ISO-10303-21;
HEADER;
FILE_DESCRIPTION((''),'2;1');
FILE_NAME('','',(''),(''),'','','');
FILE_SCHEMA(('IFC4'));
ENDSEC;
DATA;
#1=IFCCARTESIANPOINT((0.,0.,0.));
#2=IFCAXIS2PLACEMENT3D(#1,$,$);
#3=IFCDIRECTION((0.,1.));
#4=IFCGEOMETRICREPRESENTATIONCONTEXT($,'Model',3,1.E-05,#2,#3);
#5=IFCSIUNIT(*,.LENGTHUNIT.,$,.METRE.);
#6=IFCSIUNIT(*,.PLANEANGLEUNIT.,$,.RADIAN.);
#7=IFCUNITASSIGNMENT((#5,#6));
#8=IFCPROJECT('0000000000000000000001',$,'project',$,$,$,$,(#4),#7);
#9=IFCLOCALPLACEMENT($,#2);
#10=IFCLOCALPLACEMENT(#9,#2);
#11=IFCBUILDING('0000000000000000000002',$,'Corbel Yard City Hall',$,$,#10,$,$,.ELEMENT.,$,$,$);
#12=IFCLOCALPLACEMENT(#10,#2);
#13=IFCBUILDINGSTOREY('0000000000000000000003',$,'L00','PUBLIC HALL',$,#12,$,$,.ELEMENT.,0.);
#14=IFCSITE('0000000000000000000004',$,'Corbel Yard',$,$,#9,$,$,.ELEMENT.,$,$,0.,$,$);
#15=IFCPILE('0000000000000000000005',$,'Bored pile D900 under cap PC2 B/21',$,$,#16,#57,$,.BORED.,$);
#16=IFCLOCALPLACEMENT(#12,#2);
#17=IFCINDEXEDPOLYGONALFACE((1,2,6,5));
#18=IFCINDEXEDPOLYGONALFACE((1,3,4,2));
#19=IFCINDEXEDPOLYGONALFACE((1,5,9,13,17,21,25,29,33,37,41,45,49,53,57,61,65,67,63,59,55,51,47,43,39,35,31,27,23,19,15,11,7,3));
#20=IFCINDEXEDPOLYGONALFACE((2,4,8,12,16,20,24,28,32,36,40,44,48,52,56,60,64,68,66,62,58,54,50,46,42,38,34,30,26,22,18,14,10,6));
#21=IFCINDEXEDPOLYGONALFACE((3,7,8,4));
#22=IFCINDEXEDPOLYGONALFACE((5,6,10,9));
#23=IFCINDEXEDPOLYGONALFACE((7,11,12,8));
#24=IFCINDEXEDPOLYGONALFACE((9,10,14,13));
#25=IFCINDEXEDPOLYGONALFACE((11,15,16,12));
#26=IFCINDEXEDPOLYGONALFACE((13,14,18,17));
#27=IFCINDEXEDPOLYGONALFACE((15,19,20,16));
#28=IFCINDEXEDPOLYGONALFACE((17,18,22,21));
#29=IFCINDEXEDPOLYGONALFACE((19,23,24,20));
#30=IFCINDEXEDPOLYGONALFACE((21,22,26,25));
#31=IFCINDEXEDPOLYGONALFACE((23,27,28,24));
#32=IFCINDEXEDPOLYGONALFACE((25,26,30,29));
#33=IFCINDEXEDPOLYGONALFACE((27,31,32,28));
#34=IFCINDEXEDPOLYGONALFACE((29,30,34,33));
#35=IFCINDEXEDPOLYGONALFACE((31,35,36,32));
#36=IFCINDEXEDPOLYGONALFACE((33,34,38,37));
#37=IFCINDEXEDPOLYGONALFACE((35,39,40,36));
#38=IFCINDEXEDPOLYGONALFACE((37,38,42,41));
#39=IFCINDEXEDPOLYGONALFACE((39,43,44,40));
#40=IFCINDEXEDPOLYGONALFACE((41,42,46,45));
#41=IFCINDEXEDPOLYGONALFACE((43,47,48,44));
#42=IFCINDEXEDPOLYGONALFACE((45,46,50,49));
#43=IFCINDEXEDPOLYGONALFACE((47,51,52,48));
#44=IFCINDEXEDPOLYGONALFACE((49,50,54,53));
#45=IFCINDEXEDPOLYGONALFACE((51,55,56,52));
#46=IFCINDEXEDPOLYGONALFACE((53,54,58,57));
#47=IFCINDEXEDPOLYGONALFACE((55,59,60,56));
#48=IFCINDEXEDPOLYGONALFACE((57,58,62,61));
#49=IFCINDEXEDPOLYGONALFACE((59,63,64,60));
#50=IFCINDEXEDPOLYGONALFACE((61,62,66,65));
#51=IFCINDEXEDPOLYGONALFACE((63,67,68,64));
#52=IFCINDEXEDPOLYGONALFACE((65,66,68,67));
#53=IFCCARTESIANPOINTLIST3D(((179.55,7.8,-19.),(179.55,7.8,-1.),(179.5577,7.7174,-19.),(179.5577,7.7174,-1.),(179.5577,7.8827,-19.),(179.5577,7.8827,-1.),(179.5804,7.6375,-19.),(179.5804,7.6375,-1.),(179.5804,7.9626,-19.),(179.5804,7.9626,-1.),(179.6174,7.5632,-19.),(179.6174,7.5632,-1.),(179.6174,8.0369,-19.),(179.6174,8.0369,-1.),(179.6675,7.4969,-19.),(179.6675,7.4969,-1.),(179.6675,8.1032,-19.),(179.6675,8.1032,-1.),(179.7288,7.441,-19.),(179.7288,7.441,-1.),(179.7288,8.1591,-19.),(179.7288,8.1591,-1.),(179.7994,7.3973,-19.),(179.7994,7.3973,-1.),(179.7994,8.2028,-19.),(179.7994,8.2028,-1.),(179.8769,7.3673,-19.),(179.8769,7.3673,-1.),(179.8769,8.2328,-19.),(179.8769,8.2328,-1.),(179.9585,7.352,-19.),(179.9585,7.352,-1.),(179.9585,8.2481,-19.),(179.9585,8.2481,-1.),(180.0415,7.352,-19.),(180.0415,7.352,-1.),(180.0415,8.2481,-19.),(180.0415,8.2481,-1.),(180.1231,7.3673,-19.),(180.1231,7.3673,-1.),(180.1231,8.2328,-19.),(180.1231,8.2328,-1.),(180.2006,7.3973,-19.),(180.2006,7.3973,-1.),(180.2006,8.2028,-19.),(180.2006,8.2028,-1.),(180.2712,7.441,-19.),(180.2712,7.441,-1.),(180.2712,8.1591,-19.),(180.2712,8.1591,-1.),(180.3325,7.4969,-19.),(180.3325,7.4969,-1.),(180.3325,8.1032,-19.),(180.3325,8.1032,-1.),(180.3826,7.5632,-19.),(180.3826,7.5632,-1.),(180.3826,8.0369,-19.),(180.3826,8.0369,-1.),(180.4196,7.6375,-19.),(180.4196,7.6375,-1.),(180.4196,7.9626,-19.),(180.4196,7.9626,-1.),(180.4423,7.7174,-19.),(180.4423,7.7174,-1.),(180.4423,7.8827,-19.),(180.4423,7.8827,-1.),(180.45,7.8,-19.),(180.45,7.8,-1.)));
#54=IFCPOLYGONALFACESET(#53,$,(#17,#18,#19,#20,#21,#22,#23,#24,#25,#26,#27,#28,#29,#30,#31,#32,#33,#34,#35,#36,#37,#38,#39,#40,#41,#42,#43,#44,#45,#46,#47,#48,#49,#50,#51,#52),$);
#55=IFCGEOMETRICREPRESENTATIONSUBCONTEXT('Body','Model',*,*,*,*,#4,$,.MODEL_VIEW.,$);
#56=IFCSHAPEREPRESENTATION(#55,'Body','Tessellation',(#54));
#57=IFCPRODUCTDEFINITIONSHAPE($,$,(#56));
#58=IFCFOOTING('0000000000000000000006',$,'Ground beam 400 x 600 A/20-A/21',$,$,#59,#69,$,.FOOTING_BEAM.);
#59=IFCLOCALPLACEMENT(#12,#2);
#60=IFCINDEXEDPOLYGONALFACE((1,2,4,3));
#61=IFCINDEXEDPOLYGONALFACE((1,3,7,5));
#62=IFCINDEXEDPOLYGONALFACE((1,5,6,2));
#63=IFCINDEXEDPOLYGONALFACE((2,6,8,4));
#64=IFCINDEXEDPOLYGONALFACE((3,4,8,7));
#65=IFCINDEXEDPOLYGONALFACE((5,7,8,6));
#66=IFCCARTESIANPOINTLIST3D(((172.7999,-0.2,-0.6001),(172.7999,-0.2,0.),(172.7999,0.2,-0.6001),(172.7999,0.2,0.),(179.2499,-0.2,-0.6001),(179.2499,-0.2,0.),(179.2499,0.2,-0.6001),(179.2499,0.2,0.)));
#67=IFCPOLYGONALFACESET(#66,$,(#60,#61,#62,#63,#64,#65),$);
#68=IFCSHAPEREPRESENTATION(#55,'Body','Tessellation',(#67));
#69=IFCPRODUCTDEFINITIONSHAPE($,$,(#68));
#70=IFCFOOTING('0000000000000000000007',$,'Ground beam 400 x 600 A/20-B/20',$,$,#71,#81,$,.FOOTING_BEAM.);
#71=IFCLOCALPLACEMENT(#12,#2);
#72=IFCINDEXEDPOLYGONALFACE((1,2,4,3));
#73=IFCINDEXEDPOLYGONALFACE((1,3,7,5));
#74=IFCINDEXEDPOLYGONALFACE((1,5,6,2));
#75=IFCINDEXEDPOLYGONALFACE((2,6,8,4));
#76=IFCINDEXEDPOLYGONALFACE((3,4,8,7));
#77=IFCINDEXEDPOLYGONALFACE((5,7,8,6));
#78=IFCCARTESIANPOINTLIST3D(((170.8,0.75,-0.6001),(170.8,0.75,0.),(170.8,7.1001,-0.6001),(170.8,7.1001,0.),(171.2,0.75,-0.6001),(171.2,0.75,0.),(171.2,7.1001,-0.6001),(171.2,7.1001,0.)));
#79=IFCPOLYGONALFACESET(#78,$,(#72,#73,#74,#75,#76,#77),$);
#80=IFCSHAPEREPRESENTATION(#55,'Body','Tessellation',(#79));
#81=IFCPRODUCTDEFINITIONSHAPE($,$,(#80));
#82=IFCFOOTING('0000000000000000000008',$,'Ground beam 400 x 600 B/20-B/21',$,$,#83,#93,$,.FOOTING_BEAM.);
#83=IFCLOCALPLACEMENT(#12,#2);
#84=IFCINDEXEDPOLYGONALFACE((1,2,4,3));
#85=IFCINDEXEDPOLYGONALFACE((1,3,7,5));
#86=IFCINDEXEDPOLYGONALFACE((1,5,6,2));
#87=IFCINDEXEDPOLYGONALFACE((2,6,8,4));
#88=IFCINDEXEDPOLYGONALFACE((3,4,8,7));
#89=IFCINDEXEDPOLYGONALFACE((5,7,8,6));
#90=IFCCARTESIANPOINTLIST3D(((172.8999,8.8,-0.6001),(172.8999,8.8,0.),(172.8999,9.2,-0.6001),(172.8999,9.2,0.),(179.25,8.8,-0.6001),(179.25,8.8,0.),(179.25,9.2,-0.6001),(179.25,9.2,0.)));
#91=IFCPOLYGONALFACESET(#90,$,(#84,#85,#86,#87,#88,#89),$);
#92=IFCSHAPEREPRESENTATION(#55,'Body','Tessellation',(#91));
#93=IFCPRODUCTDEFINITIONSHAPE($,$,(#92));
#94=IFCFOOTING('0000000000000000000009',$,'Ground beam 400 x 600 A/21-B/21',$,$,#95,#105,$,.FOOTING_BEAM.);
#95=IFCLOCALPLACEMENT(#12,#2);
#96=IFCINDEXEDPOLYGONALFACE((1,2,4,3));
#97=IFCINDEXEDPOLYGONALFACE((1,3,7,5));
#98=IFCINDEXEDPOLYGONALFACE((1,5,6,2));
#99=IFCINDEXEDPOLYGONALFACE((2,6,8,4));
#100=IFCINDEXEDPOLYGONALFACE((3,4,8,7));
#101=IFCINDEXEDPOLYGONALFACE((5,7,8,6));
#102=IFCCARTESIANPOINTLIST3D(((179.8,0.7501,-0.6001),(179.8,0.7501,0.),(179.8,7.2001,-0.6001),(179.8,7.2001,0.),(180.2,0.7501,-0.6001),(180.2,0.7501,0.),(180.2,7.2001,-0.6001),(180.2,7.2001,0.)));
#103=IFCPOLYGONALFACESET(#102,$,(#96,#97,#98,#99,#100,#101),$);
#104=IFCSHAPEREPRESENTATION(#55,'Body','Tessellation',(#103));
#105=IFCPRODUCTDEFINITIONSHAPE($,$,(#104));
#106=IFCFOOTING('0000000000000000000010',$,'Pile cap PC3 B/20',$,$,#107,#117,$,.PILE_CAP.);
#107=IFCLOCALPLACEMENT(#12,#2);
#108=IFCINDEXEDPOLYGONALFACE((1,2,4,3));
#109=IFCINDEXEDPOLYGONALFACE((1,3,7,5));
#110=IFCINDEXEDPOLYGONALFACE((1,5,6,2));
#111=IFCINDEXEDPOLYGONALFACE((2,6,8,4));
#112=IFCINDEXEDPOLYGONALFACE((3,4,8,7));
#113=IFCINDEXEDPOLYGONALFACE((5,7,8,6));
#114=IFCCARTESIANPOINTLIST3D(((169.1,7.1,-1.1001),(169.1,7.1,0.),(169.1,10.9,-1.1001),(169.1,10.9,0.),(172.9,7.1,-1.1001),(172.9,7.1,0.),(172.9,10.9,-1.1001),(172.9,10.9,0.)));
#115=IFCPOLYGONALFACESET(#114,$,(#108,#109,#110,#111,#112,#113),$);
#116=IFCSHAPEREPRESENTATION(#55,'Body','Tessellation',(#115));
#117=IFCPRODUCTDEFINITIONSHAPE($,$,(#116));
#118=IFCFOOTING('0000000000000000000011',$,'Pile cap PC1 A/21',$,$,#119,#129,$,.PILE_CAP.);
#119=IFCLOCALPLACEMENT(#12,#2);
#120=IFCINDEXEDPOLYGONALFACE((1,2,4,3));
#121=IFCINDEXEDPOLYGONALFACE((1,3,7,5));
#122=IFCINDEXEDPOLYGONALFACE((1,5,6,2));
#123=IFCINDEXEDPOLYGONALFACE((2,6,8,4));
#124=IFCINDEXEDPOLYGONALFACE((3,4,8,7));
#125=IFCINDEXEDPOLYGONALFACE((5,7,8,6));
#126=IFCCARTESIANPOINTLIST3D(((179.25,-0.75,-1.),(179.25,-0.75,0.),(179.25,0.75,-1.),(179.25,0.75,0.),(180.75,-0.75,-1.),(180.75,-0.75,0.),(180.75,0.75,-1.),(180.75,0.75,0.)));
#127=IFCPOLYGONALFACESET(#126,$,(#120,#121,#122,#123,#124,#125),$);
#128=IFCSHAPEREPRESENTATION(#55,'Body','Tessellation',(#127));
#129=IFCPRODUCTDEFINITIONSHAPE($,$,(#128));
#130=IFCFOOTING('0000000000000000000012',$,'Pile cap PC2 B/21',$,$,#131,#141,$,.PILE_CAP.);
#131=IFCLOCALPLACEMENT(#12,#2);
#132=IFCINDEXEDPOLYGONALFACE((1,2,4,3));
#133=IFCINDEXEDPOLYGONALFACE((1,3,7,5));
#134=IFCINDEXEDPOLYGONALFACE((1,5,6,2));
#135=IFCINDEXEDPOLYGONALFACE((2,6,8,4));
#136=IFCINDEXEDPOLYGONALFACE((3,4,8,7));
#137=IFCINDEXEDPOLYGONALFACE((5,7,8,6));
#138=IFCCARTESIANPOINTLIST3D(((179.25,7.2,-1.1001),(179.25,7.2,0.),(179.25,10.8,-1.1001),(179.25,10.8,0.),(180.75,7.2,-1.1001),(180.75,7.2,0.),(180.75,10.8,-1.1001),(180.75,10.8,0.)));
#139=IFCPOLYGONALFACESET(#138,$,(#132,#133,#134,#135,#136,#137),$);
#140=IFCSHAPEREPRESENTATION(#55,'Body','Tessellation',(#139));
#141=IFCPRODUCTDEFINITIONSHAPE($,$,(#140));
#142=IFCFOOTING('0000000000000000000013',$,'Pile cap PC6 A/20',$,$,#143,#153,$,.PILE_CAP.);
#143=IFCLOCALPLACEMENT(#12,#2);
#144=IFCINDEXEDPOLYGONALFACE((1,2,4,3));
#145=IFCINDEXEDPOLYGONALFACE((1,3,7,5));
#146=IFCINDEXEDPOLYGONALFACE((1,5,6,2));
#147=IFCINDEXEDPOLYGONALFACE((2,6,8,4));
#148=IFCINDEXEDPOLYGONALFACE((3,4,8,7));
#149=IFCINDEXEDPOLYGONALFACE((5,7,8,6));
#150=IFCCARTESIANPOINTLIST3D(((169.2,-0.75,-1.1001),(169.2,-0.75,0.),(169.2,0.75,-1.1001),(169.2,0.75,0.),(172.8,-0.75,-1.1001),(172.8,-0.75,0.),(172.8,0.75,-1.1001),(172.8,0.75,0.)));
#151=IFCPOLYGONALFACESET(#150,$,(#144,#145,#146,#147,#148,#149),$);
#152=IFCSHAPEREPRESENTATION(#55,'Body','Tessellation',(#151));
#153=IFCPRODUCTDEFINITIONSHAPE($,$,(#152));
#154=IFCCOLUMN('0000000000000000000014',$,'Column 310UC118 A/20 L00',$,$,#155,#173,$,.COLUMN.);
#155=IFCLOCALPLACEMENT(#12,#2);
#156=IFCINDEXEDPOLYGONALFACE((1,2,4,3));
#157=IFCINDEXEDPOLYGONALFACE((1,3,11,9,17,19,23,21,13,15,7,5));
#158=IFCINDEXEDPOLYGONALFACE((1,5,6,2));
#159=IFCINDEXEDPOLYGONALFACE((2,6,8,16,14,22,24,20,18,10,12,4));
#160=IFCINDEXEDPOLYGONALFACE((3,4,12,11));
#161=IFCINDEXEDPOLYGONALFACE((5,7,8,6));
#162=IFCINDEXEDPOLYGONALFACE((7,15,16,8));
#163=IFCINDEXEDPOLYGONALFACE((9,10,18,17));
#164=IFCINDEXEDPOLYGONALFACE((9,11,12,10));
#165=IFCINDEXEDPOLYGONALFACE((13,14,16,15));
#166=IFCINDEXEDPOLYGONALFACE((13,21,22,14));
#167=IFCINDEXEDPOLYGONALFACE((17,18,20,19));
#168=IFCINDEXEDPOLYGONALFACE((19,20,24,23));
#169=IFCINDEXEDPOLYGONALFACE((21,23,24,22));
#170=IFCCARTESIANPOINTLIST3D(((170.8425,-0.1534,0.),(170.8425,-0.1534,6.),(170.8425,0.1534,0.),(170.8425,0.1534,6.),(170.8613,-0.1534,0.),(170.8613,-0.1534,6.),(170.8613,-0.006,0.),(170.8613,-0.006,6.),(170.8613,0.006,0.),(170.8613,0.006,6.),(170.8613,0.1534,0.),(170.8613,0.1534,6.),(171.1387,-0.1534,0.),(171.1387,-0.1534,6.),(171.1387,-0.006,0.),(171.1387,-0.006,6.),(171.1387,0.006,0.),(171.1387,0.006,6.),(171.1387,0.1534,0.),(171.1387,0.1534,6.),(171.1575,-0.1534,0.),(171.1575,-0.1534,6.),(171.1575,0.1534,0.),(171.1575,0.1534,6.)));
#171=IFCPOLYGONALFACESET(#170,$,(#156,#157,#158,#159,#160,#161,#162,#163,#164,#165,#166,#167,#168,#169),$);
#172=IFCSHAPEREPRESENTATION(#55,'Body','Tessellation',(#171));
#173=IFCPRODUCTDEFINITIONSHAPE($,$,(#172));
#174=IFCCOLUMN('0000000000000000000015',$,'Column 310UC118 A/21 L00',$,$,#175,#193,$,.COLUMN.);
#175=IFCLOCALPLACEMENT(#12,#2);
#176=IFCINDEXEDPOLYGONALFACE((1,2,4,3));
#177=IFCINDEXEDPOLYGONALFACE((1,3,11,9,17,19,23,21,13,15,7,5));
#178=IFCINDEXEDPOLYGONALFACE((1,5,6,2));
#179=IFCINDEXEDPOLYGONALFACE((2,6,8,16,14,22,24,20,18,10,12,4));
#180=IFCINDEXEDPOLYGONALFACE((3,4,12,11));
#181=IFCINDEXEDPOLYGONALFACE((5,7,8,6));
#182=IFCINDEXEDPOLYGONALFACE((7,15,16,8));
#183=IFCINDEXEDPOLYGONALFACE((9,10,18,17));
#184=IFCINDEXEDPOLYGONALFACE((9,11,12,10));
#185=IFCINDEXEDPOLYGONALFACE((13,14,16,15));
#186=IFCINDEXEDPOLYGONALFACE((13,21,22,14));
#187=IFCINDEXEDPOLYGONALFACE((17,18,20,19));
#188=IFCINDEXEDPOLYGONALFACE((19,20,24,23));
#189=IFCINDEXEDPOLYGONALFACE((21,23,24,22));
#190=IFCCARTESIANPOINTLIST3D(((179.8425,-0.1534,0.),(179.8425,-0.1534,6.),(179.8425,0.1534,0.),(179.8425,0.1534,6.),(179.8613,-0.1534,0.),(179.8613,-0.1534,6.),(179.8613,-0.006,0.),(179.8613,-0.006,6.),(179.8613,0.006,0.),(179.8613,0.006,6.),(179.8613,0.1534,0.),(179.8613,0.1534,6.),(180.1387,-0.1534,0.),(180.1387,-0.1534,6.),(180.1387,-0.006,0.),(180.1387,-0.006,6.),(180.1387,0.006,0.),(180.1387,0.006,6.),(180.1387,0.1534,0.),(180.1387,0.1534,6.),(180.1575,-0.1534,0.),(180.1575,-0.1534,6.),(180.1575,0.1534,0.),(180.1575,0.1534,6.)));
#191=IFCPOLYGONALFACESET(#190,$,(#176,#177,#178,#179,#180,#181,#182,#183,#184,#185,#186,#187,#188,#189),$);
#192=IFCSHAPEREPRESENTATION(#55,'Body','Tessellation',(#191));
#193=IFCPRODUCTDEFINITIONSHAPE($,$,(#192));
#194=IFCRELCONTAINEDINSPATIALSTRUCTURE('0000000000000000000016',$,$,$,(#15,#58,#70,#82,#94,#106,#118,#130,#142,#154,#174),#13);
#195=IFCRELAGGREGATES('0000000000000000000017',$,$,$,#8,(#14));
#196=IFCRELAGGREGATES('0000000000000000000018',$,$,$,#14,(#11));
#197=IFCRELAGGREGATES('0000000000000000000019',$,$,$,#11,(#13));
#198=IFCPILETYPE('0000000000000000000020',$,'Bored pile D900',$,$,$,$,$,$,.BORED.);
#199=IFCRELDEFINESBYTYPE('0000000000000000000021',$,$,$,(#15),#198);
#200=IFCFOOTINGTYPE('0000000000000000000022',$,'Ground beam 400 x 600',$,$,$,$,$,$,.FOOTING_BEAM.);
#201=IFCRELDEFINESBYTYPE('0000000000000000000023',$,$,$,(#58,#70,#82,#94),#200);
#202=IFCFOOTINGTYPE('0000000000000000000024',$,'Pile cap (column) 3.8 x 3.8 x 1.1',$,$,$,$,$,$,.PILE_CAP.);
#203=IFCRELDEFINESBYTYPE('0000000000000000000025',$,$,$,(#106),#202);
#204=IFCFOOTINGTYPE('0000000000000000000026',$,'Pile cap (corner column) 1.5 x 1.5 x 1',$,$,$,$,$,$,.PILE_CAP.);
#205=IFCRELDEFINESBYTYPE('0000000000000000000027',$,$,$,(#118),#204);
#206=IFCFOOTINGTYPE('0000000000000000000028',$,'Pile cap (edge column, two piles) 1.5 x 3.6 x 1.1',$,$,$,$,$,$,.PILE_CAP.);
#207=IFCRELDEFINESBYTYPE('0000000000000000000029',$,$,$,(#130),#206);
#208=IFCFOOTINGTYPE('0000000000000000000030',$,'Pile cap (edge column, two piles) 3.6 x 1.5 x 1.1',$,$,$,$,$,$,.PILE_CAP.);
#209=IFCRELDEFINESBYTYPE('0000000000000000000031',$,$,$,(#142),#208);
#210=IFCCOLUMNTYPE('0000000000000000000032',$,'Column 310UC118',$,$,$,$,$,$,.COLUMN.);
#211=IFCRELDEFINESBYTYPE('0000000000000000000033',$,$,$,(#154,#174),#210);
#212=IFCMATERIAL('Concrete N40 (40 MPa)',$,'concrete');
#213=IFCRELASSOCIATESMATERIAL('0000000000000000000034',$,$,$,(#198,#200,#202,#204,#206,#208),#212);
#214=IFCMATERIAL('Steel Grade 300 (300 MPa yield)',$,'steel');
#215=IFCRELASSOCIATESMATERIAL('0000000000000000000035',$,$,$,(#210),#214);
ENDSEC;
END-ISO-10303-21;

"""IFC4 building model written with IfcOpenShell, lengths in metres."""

from ifc_helpers import new_model, si_unit, direction, frame, origin, origin_2d, place, context, subcontext, project, spatial, rectangle, circle, i_section, extrude, material, material_profile, profile_set, type_object, element, save


model = new_model("IFC4")

# Units and contexts
model_context = context("Model", 3, precision=1e-05, world=origin(), true_north=direction((0.0, 1.0)))
body_context = subcontext(model_context, "Body", "Model", "MODEL_VIEW")
ifc_project = project(units=[si_unit("LENGTHUNIT", "METRE"), si_unit("PLANEANGLEUNIT", "RADIAN")], contexts=[model_context])

# Site, building, storey
site_placement = place(None, origin())
site = spatial("IfcSite", under=ifc_project, at=site_placement, Name="Corbel Yard", CompositionType="ELEMENT", RefElevation=0.0)
building_placement = place(site_placement, origin())
building = spatial("IfcBuilding", under=site, at=building_placement, Name="Corbel Yard City Hall", CompositionType="ELEMENT")
storey_placement = place(building_placement, origin())
storey = spatial("IfcBuildingStorey", under=building, at=storey_placement, Name="L00", Description="PUBLIC HALL", CompositionType="ELEMENT", Elevation=0.0)

# Pile
ifc_material_1 = material(Name="Concrete N40 (40 MPa)", Category="concrete")
ifc_material_profile_1 = material_profile(ifc_material_1, circle(Radius=0.45, at=origin_2d()), Name="D900")
ifc_profile_set_1 = profile_set([ifc_material_profile_1], Name="Concrete N40 (40 MPa)")
pile_type = type_object("IfcPileType", Name="Bored pile D900", PredefinedType="BORED", material=ifc_profile_set_1)
for number, where, z_axis, x_axis, name in (
    (1, (180.0, 7.8, -1.0), (0.0, 0.0, -1.0), (1.0, 0.0, 0.0), "Bored pile D900 under cap PC2 B/21"),
):
    element("IfcPile", number, at=place(storey_placement, frame(where, z_axis=z_axis, x_axis=x_axis)), inside=storey, type_object=pile_type, Name=name, PredefinedType="BORED", context=body_context, shape_type="SweptSolid", body=[
        extrude(circle(Radius=0.45, at=origin_2d()), origin(), (0.0, 0.0, 1.0), 18.0),
    ])

# Footings
footing_type_1 = type_object("IfcFootingType", Name="Ground beam 400 x 600", PredefinedType="FOOTING_BEAM", material=ifc_material_1)
footing_1_placement = place(storey_placement, frame((176.0249, 0.0, -0.6001), z_axis=(0.0, 0.0, 1.0), x_axis=(1.0, 0.0, 0.0)))
element("IfcFooting", 2, at=footing_1_placement, inside=storey, type_object=footing_type_1, Name="Ground beam 400 x 600 A/20-A/21", PredefinedType="FOOTING_BEAM", context=body_context, shape_type="SweptSolid", body=[
    extrude(rectangle(XDim=6.45, YDim=0.3999, at=origin_2d()), origin(), (0.0, 0.0, 1.0), 0.6001),
])
footing_2_placement = place(storey_placement, frame((171.0, 3.925, -0.6001), z_axis=(0.0, 0.0, 1.0), x_axis=(1.0, 0.0, 0.0)))
element("IfcFooting", 3, at=footing_2_placement, inside=storey, type_object=footing_type_1, Name="Ground beam 400 x 600 A/20-B/20", PredefinedType="FOOTING_BEAM", context=body_context, shape_type="SweptSolid", body=[
    extrude(rectangle(XDim=0.3999, YDim=6.3501, at=origin_2d()), origin(), (0.0, 0.0, 1.0), 0.6001),
])
footing_3_placement = place(storey_placement, frame((176.075, 9.0, -0.6001), z_axis=(0.0, 0.0, 1.0), x_axis=(1.0, 0.0, 0.0)))
element("IfcFooting", 4, at=footing_3_placement, inside=storey, type_object=footing_type_1, Name="Ground beam 400 x 600 B/20-B/21", PredefinedType="FOOTING_BEAM", context=body_context, shape_type="SweptSolid", body=[
    extrude(rectangle(XDim=6.3501, YDim=0.3999, at=origin_2d()), origin(), (0.0, 0.0, 1.0), 0.6001),
])
footing_4_placement = place(storey_placement, frame((180.0, 3.9751, -0.6001), z_axis=(0.0, 0.0, 1.0), x_axis=(1.0, 0.0, 0.0)))
element("IfcFooting", 5, at=footing_4_placement, inside=storey, type_object=footing_type_1, Name="Ground beam 400 x 600 A/21-B/21", PredefinedType="FOOTING_BEAM", context=body_context, shape_type="SweptSolid", body=[
    extrude(rectangle(XDim=0.3999, YDim=6.45, at=origin_2d()), origin(), (0.0, 0.0, 1.0), 0.6001),
])
footing_type_2 = type_object("IfcFootingType", Name="Pile cap (column) 3.8 x 3.8 x 1.1", PredefinedType="PILE_CAP", material=ifc_material_1)
footing_5_placement = place(storey_placement, frame((171.0, 9.0, -1.1001), z_axis=(0.0, 0.0, 1.0), x_axis=(1.0, 0.0, 0.0)))
element("IfcFooting", 6, at=footing_5_placement, inside=storey, type_object=footing_type_2, Name="Pile cap PC3 B/20", PredefinedType="PILE_CAP", context=body_context, shape_type="SweptSolid", body=[
    extrude(rectangle(XDim=3.8, YDim=3.8, at=origin_2d()), origin(), (0.0, 0.0, 1.0), 1.1001),
])
footing_type_3 = type_object("IfcFootingType", Name="Pile cap (corner column) 1.5 x 1.5 x 1", PredefinedType="PILE_CAP", material=ifc_material_1)
footing_6_placement = place(storey_placement, frame((180.0, 0.0, -1.0), z_axis=(0.0, 0.0, 1.0), x_axis=(1.0, 0.0, 0.0)))
element("IfcFooting", 7, at=footing_6_placement, inside=storey, type_object=footing_type_3, Name="Pile cap PC1 A/21", PredefinedType="PILE_CAP", context=body_context, shape_type="SweptSolid", body=[
    extrude(rectangle(XDim=1.5, YDim=1.5, at=origin_2d()), origin(), (0.0, 0.0, 1.0), 1.0),
])
footing_type_4 = type_object("IfcFootingType", Name="Pile cap (edge column, two piles) 1.5 x 3.6 x 1.1", PredefinedType="PILE_CAP", material=ifc_material_1)
footing_7_placement = place(storey_placement, frame((180.0, 9.0, -1.1001), z_axis=(0.0, 0.0, 1.0), x_axis=(1.0, 0.0, 0.0)))
element("IfcFooting", 8, at=footing_7_placement, inside=storey, type_object=footing_type_4, Name="Pile cap PC2 B/21", PredefinedType="PILE_CAP", context=body_context, shape_type="SweptSolid", body=[
    extrude(rectangle(XDim=1.5, YDim=3.6001, at=origin_2d()), origin(), (0.0, 0.0, 1.0), 1.1001),
])
footing_type_5 = type_object("IfcFootingType", Name="Pile cap (edge column, two piles) 3.6 x 1.5 x 1.1", PredefinedType="PILE_CAP", material=ifc_material_1)
footing_8_placement = place(storey_placement, frame((171.0, 0.0, -1.1001), z_axis=(0.0, 0.0, 1.0), x_axis=(1.0, 0.0, 0.0)))
element("IfcFooting", 9, at=footing_8_placement, inside=storey, type_object=footing_type_5, Name="Pile cap PC6 A/20", PredefinedType="PILE_CAP", context=body_context, shape_type="SweptSolid", body=[
    extrude(rectangle(XDim=3.6001, YDim=1.5, at=origin_2d()), origin(), (0.0, 0.0, 1.0), 1.1001),
])

# Columns
ifc_material_2 = material(Name="Steel Grade 300 (300 MPa yield)", Category="steel")
ifc_material_profile_2 = material_profile(ifc_material_2, i_section(OverallWidth=0.3069, OverallDepth=0.3149, WebThickness=0.012, FlangeThickness=0.0188, at=origin_2d()), Name="310UC118")
ifc_profile_set_2 = profile_set([ifc_material_profile_2], Name="Steel Grade 300 (300 MPa yield)")
column_type_1 = type_object("IfcColumnType", Name="Column 310UC118", PredefinedType="COLUMN", material=ifc_profile_set_2)
for number, where, z_axis, x_axis, name in (
    (10, (171.0, 0.0, 0.0), (0.0, 0.0, 1.0), (0.0, 1.0, 0.0), "Column 310UC118 A/20 L00"),
    (11, (180.0, 0.0, 0.0), (0.0, 0.0, 1.0), (0.0, 1.0, 0.0), "Column 310UC118 A/21 L00"),
):
    element("IfcColumn", number, at=place(storey_placement, frame(where, z_axis=z_axis, x_axis=x_axis)), inside=storey, type_object=column_type_1, Name=name, PredefinedType="COLUMN", context=body_context, shape_type="SweptSolid", body=[
        extrude(i_section(OverallWidth=0.3069, OverallDepth=0.3149, WebThickness=0.012, FlangeThickness=0.0188, at=origin_2d()), origin(), (0.0, 0.0, 1.0), 6.0),
    ])

save(model, "model.ifc")
